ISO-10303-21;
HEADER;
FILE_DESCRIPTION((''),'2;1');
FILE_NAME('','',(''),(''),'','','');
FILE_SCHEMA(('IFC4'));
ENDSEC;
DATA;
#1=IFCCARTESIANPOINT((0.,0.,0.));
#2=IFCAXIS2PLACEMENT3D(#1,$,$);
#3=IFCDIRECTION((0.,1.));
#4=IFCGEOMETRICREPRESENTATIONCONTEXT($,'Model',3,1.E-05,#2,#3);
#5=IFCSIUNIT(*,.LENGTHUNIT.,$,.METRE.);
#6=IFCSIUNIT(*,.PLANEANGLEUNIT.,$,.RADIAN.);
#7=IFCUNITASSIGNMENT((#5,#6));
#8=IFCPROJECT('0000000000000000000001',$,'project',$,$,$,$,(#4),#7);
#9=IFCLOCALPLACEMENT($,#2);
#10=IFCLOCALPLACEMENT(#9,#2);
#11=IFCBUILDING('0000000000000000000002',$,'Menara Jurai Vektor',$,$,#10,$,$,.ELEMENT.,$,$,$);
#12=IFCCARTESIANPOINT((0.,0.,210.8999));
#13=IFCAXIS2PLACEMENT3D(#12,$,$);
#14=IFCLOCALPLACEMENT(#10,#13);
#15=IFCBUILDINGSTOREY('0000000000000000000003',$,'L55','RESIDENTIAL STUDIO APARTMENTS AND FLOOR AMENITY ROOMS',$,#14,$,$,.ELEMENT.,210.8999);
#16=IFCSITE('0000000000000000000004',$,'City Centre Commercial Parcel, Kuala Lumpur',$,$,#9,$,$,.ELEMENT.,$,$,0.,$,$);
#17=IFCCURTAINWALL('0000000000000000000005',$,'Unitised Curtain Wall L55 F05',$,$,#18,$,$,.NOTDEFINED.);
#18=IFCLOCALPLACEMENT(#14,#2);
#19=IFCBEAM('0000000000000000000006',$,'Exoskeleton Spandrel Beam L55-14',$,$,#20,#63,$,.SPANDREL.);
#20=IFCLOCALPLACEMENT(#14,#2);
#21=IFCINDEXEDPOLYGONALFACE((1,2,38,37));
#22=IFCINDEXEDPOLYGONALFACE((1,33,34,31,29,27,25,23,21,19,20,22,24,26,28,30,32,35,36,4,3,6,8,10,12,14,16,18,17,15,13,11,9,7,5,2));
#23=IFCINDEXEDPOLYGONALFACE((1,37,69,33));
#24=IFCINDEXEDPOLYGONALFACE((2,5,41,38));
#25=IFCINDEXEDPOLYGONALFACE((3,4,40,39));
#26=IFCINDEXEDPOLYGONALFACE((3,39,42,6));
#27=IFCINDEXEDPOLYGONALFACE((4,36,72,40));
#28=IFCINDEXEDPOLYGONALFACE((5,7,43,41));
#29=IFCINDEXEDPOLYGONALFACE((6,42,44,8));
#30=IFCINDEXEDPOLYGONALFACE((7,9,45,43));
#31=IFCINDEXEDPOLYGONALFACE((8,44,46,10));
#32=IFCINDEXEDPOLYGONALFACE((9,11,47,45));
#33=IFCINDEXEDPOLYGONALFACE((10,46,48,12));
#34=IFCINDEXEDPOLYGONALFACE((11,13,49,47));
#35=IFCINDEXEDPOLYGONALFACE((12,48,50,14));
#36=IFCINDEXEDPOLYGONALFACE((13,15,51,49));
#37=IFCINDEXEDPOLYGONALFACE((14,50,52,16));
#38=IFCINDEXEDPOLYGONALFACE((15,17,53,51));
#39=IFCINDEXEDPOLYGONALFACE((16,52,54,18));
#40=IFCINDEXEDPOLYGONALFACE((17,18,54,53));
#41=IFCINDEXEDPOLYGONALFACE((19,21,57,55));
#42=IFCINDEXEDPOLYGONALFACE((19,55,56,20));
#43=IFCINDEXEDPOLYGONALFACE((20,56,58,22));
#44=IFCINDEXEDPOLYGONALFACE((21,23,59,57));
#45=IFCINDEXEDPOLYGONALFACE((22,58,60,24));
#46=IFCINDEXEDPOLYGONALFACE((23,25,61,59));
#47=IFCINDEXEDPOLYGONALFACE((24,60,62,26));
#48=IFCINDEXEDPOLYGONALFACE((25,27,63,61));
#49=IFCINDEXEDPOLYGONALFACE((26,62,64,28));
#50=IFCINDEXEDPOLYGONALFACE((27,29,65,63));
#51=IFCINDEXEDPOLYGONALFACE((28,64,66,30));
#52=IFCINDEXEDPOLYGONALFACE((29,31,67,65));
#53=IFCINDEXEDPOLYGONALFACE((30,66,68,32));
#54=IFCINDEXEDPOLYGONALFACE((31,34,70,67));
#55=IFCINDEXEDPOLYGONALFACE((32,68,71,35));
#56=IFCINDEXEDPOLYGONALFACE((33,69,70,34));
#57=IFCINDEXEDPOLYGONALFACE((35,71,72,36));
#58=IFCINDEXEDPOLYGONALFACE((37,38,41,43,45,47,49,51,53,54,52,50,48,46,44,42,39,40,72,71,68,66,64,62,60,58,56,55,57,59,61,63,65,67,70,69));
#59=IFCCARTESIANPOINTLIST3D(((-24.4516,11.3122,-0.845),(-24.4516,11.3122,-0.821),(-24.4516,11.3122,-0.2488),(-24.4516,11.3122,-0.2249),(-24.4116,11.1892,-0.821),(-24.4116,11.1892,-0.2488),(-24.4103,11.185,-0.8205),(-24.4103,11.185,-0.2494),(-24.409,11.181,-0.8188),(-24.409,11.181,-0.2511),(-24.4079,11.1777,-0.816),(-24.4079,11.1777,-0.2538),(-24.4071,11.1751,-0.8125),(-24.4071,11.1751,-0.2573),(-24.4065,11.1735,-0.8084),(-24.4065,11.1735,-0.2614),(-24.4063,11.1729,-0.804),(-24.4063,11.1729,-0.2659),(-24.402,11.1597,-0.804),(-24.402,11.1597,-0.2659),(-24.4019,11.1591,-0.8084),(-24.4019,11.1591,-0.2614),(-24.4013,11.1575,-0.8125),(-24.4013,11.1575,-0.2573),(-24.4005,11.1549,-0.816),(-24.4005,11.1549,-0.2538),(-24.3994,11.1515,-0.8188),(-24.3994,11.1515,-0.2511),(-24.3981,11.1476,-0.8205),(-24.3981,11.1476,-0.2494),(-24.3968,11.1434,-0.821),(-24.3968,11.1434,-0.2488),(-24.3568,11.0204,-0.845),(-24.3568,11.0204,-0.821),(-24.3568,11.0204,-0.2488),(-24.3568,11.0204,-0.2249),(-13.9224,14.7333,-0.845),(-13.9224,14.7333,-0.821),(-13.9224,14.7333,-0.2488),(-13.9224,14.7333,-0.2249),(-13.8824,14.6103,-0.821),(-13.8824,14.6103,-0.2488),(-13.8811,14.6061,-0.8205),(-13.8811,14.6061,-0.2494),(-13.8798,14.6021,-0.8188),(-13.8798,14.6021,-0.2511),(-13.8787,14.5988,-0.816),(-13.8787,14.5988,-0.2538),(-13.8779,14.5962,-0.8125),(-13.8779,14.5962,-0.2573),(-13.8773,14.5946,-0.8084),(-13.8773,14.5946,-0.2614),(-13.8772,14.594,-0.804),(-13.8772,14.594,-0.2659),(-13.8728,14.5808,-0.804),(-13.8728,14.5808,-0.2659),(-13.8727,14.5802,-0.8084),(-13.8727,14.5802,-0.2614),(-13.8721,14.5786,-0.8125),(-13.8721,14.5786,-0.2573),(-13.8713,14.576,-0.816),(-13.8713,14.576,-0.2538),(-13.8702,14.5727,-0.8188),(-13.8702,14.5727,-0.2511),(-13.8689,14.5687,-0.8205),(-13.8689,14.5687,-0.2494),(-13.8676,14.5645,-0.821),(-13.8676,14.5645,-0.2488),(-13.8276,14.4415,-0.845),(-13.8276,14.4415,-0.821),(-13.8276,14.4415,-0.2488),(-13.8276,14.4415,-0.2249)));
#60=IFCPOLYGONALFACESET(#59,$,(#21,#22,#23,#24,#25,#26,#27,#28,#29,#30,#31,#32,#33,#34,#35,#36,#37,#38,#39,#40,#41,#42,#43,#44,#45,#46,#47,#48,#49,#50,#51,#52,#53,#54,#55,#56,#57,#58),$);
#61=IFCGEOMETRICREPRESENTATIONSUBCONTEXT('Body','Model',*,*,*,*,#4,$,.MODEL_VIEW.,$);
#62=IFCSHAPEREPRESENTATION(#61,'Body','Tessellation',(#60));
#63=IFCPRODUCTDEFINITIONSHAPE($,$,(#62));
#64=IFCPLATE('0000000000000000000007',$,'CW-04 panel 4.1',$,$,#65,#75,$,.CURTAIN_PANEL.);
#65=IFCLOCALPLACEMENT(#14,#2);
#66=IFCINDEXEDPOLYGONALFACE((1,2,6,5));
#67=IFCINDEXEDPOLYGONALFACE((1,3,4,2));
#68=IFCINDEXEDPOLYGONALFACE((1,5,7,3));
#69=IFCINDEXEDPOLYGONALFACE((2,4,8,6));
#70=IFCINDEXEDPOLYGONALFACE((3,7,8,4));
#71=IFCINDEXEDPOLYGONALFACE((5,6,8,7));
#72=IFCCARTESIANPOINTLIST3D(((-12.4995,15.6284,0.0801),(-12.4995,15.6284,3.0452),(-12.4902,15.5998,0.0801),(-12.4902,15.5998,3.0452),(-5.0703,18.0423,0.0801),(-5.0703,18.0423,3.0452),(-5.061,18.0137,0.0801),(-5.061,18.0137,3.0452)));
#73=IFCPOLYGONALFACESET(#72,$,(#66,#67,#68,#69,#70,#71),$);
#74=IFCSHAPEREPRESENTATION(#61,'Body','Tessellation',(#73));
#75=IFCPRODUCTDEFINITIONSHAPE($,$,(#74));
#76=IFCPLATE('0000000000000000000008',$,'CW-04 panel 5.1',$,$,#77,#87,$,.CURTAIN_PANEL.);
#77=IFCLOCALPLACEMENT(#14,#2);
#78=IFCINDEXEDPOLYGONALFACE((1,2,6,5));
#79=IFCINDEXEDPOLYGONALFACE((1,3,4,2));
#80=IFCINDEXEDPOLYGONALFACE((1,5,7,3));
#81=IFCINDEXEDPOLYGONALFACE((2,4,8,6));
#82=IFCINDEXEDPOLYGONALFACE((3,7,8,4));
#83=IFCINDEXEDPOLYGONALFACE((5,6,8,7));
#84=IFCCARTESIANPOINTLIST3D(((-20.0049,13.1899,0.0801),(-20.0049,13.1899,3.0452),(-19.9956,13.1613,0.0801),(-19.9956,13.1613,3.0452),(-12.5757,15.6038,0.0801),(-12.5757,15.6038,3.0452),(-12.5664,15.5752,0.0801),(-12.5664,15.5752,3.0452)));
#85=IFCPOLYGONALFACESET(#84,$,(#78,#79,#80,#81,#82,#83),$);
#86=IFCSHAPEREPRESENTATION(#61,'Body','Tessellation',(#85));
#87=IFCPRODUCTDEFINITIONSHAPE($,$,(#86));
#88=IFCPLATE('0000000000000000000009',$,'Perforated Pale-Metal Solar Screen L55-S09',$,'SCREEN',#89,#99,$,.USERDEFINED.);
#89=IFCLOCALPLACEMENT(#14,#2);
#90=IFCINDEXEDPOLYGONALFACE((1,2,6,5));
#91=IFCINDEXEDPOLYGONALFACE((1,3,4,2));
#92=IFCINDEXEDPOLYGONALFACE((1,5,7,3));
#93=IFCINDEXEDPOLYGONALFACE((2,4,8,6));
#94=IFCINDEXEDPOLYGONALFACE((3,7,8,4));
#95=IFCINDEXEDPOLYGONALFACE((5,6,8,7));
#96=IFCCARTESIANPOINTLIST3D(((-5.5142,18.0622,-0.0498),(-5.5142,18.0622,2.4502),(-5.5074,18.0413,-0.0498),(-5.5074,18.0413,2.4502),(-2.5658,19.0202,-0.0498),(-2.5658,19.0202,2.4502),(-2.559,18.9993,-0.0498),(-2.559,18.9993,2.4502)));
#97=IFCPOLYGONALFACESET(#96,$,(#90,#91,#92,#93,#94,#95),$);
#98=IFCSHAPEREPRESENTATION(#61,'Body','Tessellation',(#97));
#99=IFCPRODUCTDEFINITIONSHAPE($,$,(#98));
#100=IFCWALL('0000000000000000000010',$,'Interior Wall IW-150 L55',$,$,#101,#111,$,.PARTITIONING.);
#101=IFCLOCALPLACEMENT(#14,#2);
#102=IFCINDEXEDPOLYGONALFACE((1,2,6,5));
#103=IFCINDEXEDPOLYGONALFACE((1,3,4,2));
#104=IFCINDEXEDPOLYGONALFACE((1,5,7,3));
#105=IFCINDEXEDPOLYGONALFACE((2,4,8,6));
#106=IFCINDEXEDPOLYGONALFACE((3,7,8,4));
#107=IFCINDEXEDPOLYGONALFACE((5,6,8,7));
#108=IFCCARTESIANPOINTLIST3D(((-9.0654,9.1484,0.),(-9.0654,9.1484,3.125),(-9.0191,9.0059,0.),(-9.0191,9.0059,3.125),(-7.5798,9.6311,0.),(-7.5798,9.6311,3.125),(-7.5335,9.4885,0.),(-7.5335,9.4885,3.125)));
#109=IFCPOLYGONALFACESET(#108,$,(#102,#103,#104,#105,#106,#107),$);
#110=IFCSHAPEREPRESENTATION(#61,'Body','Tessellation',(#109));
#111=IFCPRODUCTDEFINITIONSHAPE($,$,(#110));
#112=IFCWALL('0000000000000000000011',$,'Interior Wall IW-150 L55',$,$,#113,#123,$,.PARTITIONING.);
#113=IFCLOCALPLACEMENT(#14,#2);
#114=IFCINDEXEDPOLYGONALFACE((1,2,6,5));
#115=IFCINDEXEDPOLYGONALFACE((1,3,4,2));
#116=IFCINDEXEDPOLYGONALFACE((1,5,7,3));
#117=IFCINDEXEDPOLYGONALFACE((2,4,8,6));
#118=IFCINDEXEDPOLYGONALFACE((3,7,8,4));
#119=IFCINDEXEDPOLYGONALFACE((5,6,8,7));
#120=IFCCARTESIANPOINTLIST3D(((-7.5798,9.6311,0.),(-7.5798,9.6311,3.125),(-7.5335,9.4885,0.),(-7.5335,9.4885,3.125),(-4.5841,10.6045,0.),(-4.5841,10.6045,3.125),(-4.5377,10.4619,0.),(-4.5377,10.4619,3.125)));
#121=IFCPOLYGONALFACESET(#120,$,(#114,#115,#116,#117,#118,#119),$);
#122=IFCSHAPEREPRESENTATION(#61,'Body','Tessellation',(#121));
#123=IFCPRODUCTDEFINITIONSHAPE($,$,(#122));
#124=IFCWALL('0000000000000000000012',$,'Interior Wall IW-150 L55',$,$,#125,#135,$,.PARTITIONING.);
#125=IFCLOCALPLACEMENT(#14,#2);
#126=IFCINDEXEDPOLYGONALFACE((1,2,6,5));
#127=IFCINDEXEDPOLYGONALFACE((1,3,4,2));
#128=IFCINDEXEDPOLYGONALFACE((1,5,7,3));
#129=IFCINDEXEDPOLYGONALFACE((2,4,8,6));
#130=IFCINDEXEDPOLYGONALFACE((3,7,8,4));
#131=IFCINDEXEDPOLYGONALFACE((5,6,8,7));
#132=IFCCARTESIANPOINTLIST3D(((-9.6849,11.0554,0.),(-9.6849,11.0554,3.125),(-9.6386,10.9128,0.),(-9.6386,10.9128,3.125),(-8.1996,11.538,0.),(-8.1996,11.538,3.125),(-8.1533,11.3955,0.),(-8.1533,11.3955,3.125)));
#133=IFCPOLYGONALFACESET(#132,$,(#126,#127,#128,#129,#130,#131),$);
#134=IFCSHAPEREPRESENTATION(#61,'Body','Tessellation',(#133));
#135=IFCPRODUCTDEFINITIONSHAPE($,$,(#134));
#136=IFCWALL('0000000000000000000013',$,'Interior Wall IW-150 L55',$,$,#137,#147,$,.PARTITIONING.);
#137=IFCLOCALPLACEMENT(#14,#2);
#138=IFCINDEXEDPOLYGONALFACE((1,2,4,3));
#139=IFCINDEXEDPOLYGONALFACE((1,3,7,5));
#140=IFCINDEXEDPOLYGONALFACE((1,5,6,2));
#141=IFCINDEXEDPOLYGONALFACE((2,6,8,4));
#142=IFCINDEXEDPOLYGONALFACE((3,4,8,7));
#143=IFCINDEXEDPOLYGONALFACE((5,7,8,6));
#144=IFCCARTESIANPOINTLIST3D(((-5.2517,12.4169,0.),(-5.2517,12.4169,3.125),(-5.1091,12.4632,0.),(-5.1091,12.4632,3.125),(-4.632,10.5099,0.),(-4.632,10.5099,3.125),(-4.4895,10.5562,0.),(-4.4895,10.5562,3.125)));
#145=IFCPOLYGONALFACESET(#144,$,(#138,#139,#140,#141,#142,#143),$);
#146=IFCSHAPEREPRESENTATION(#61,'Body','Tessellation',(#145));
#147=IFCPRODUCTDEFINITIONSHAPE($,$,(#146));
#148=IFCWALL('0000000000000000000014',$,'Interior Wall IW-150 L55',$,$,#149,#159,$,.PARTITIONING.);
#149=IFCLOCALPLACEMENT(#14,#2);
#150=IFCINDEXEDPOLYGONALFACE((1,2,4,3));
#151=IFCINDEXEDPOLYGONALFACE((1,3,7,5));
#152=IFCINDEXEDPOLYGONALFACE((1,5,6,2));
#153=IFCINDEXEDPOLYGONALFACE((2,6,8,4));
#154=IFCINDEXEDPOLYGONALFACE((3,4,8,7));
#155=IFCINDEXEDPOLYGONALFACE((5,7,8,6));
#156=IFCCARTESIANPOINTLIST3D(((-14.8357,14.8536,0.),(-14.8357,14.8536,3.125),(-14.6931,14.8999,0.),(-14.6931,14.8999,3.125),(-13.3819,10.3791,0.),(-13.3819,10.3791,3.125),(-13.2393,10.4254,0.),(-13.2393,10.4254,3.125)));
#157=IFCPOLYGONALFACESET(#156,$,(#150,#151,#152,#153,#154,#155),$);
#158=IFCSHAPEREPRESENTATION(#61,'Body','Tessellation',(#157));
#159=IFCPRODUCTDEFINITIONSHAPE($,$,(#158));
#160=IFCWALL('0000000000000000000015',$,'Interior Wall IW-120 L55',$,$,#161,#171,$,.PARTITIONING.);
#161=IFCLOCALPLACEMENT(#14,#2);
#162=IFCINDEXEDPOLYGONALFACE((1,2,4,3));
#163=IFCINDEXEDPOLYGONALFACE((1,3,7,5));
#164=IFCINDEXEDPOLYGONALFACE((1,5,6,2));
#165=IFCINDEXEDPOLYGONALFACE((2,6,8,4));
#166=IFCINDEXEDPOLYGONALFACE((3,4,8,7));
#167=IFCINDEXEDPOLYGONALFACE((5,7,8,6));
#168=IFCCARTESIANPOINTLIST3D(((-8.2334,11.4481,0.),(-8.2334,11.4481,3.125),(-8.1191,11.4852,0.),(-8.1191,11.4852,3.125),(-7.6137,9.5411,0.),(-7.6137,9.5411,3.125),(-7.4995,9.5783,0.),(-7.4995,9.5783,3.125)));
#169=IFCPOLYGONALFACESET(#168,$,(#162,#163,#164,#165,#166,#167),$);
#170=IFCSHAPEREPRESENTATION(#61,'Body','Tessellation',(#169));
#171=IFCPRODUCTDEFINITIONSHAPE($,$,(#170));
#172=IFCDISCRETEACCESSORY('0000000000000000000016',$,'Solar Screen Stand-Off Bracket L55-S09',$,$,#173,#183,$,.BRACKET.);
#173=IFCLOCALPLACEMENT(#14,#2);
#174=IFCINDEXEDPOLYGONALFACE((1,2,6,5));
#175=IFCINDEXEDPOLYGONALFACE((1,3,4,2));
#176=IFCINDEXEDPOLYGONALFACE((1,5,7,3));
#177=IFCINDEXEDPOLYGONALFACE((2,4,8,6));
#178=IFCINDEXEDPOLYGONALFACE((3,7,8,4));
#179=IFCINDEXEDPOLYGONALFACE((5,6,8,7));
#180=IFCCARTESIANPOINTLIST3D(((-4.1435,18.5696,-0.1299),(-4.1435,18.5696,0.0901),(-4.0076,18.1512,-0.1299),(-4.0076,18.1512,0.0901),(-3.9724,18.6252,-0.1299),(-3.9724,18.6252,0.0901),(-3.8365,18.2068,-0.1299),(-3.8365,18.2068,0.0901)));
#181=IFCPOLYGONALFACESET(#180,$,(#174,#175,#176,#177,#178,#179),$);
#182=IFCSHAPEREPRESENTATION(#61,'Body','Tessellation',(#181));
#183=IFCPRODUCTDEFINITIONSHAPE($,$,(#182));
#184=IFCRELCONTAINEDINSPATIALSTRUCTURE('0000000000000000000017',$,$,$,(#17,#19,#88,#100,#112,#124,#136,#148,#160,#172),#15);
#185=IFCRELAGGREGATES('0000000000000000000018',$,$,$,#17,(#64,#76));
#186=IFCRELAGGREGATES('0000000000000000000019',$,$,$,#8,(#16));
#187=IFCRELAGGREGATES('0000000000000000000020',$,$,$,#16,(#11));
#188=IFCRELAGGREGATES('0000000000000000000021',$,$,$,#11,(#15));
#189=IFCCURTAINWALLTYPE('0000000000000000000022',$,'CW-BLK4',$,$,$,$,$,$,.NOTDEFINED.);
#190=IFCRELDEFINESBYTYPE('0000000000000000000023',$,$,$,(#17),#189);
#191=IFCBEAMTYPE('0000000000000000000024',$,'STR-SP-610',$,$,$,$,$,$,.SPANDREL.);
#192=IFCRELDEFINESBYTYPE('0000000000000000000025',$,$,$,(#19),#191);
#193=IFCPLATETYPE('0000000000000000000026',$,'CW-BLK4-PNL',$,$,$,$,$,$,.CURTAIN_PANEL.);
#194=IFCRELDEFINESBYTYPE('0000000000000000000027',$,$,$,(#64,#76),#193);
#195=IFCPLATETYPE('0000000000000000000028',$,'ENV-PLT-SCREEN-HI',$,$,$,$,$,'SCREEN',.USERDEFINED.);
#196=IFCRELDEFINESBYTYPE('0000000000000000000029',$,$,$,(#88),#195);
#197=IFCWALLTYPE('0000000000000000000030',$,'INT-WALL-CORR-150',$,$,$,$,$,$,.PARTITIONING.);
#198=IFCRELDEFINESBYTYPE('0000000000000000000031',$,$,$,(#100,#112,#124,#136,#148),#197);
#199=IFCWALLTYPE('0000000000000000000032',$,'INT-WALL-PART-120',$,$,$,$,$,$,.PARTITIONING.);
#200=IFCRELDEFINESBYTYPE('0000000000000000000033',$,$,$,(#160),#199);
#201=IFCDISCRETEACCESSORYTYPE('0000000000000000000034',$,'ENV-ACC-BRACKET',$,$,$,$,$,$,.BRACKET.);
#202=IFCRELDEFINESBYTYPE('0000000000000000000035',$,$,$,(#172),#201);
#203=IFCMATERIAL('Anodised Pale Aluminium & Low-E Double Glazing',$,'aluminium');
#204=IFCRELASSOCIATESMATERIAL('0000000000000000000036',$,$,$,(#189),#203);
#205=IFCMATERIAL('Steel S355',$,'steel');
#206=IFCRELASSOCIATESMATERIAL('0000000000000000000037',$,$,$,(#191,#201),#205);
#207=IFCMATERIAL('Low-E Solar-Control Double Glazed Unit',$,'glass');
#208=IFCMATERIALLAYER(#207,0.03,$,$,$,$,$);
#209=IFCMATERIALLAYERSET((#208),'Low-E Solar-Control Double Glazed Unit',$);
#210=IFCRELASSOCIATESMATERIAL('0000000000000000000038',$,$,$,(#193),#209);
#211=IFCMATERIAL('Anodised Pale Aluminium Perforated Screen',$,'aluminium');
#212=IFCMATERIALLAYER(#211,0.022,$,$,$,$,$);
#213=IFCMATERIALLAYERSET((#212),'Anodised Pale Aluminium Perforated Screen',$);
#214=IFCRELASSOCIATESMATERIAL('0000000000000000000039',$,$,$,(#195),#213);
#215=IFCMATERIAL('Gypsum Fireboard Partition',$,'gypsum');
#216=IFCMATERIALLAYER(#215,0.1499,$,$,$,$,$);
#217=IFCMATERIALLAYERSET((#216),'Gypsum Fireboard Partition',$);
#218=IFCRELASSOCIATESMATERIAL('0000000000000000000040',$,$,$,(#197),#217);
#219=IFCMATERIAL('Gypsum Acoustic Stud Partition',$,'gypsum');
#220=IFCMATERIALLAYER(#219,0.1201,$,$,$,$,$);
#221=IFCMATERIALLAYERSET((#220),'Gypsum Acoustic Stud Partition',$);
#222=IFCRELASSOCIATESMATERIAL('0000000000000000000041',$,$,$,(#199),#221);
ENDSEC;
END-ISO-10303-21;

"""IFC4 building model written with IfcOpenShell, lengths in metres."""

from ifc_helpers import new_model, si_unit, direction, frame, frame_2d, origin, origin_2d, place, context, subcontext, project, spatial, rectangle, i_section, extrude, material, layer, layer_set, material_profile, profile_set, type_object, element, aggregate, save


model = new_model("IFC4")

# Units and contexts
model_context = context("Model", 3, precision=1e-05, world=origin(), true_north=direction((0.0, 1.0)))
body_context = subcontext(model_context, "Body", "Model", "MODEL_VIEW")
ifc_project = project(units=[si_unit("LENGTHUNIT", "METRE"), si_unit("PLANEANGLEUNIT", "RADIAN")], contexts=[model_context])

# Site, building, storey
site_placement = place(None, origin())
site = spatial("IfcSite", under=ifc_project, at=site_placement, Name="City Centre Commercial Parcel, Kuala Lumpur", CompositionType="ELEMENT", RefElevation=0.0)
building_placement = place(site_placement, origin())
building = spatial("IfcBuilding", under=site, at=building_placement, Name="Menara Jurai Vektor", CompositionType="ELEMENT")
storey_placement = place(building_placement, frame((0.0, 0.0, 210.8999)))
storey = spatial("IfcBuildingStorey", under=building, at=storey_placement, Name="L55", Description="RESIDENTIAL STUDIO APARTMENTS AND FLOOR AMENITY ROOMS", CompositionType="ELEMENT", Elevation=210.8999)

# Curtain wall
ifc_material_1 = material(Name="Anodised Pale Aluminium & Low-E Double Glazing", Category="aluminium")
curtain_wall_type = type_object("IfcCurtainWallType", Name="CW-BLK4", PredefinedType="NOTDEFINED", material=ifc_material_1)
curtain_wall_placement = place(storey_placement, origin())
curtain_wall = element("IfcCurtainWall", 1, at=curtain_wall_placement, inside=storey, type_object=curtain_wall_type, Name="Unitised Curtain Wall L55 F05", PredefinedType="NOTDEFINED")

# Beam
ifc_material_2 = material(Name="Steel S355", Category="steel")
ifc_material_profile_1 = material_profile(ifc_material_2, i_section(OverallWidth=0.3069, OverallDepth=0.6201, WebThickness=0.0139, FlangeThickness=0.0239, FilletRadius=0.0171, at=origin_2d()), Name="UKB 610x305x179")
ifc_profile_set_1 = profile_set([ifc_material_profile_1], Name="Steel S355")
beam_type_1 = type_object("IfcBeamType", Name="STR-SP-610", PredefinedType="SPANDREL", material=ifc_profile_set_1)
for number, where, z_axis, x_axis, name in (
    (2, (-13.875, 14.5874, -0.5349), (-0.951057, -0.309014, 0.0), (0.309014, -0.951057, 0.0), "Exoskeleton Spandrel Beam L55-14"),
):
    element("IfcBeam", number, at=place(storey_placement, frame(where, z_axis=z_axis, x_axis=x_axis)), inside=storey, type_object=beam_type_1, Name=name, PredefinedType="SPANDREL", context=body_context, shape_type="SweptSolid", body=[
        extrude(i_section(OverallWidth=0.3069, OverallDepth=0.6201, WebThickness=0.0139, FlangeThickness=0.0239, FilletRadius=0.0171, at=origin_2d()), origin(), (0.0, 0.0, 1.0), 11.071),
    ])

# Plates
ifc_material_3 = material(Name="Low-E Solar-Control Double Glazed Unit", Category="glass")
ifc_layer_1 = layer(ifc_material_3, 0.03)
ifc_layer_set_1 = layer_set([ifc_layer_1], Name="Low-E Solar-Control Double Glazed Unit")
plate_type_1 = type_object("IfcPlateType", Name="CW-BLK4-PNL", PredefinedType="CURTAIN_PANEL", material=ifc_layer_set_1)
plate_1_placement = place(storey_placement, frame((-8.7803, 16.821, 0.0801), z_axis=(0.0, 0.0, 1.0), x_axis=(-0.951056, -0.309017, 0.0)))
plate_1 = element("IfcPlate", 3, at=plate_1_placement, type_object=plate_type_1, Name="CW-04 panel 4.1", PredefinedType="CURTAIN_PANEL", context=body_context, shape_type="SweptSolid", body=[
    extrude(rectangle(XDim=7.8115, YDim=0.03, at=origin_2d()), origin(), (0.0, 0.0, 1.0), 2.9651),
])
plate_2_placement = place(storey_placement, frame((-16.2856, 14.3826, 0.0801), z_axis=(0.0, 0.0, 1.0), x_axis=(-0.951056, -0.309017, 0.0)))
plate_2 = element("IfcPlate", 4, at=plate_2_placement, type_object=plate_type_1, Name="CW-04 panel 5.1", PredefinedType="CURTAIN_PANEL", context=body_context, shape_type="SweptSolid", body=[
    extrude(rectangle(XDim=7.8115, YDim=0.03, at=origin_2d()), origin(), (0.0, 0.0, 1.0), 2.9651),
])
aggregate(curtain_wall, [plate_1, plate_2])
ifc_material_4 = material(Name="Anodised Pale Aluminium Perforated Screen", Category="aluminium")
ifc_layer_2 = layer(ifc_material_4, 0.022)
ifc_layer_set_2 = layer_set([ifc_layer_2], Name="Anodised Pale Aluminium Perforated Screen")
plate_type_2 = type_object("IfcPlateType", Name="ENV-PLT-SCREEN-HI", ElementType="SCREEN", PredefinedType="USERDEFINED", material=ifc_layer_set_2)
plate_3_placement = place(storey_placement, frame((-4.0366, 18.5308, -0.0498), z_axis=(0.0, 0.0, 1.0), x_axis=(-0.951057, -0.309017, 0.0)))
element("IfcPlate", 5, at=plate_3_placement, inside=storey, type_object=plate_type_2, Name="Perforated Pale-Metal Solar Screen L55-S09", ObjectType="SCREEN", PredefinedType="USERDEFINED", context=body_context, shape_type="SweptSolid", body=[
    extrude(rectangle(XDim=3.1001, YDim=0.022, at=origin_2d()), origin(), (0.0, 0.0, 1.0), 2.5),
])

# Shared definitions
ifc_material_5 = material(Name="Gypsum Fireboard Partition", Category="gypsum")
ifc_layer_3 = layer(ifc_material_5, 0.1499)
ifc_layer_set_3 = layer_set([ifc_layer_3], Name="Gypsum Fireboard Partition")
wall_type_1 = type_object("IfcWallType", Name="INT-WALL-CORR-150", PredefinedType="PARTITIONING", material=ifc_layer_set_3)

# Walls
wall_1_placement = place(storey_placement, frame((-9.0422, 9.0771, 0.0), z_axis=(0.0, 0.0, 1.0), x_axis=(0.951063, 0.308998, 0.0)))
element("IfcWall", 6, at=wall_1_placement, inside=storey, type_object=wall_type_1, Name="Interior Wall IW-150 L55", PredefinedType="PARTITIONING", context=body_context, shape_type="SweptSolid", body=[
    extrude(rectangle(XDim=1.562, YDim=0.1499, at=frame_2d((0.781, 0.0))), origin(), (0.0, 0.0, 1.0), 3.125),
])
wall_2_placement = place(storey_placement, frame((-7.5566, 9.5598, 0.0), z_axis=(0.0, 0.0, 1.0), x_axis=(0.951059, 0.309011, 0.0)))
element("IfcWall", 7, at=wall_2_placement, inside=storey, type_object=wall_type_1, Name="Interior Wall IW-150 L55", PredefinedType="PARTITIONING", context=body_context, shape_type="SweptSolid", body=[
    extrude(rectangle(XDim=3.1499, YDim=0.1499, at=frame_2d((1.575, 0.0))), origin(), (0.0, 0.0, 1.0), 3.125),
])

# Wall
wall_3_placement = place(storey_placement, frame((-9.6616, 10.9841, 0.0), z_axis=(0.0, 0.0, 1.0), x_axis=(0.951048, 0.309044, 0.0)))
element("IfcWall", 8, at=wall_3_placement, inside=storey, type_object=wall_type_1, Name="Interior Wall IW-150 L55", PredefinedType="PARTITIONING", context=body_context, shape_type="SweptSolid", body=[
    extrude(rectangle(XDim=1.5618, YDim=0.1499, at=frame_2d((0.7808, 0.0))), origin(), (0.0, 0.0, 1.0), 3.125),
])

# Walls
wall_4_placement = place(storey_placement, frame((-4.5608, 10.5332, 0.0), z_axis=(0.0, 0.0, 1.0), x_axis=(-0.309023, 0.951055, 0.0)))
element("IfcWall", 9, at=wall_4_placement, inside=storey, type_object=wall_type_1, Name="Interior Wall IW-150 L55", PredefinedType="PARTITIONING", context=body_context, shape_type="SweptSolid", body=[
    extrude(rectangle(XDim=2.0051, YDim=0.1499, at=frame_2d((1.0024, 0.0))), origin(), (0.0, 0.0, 1.0), 3.125),
])
wall_5_placement = place(storey_placement, frame((-13.3105, 10.4021, 0.0), z_axis=(0.0, 0.0, 1.0), x_axis=(-0.309011, 0.951058, 0.0)))
element("IfcWall", 10, at=wall_5_placement, inside=storey, type_object=wall_type_1, Name="Interior Wall IW-150 L55", PredefinedType="PARTITIONING", context=body_context, shape_type="SweptSolid", body=[
    extrude(rectangle(XDim=4.7048, YDim=0.1499, at=frame_2d((2.3525, 0.0))), origin(), (0.0, 0.0, 1.0), 3.125),
])
ifc_material_6 = material(Name="Gypsum Acoustic Stud Partition", Category="gypsum")
ifc_layer_4 = layer(ifc_material_6, 0.1201)
ifc_layer_set_4 = layer_set([ifc_layer_4], Name="Gypsum Acoustic Stud Partition")
wall_type_2 = type_object("IfcWallType", Name="INT-WALL-PART-120", PredefinedType="PARTITIONING", material=ifc_layer_set_4)
wall_6_placement = place(storey_placement, frame((-7.5566, 9.5598, 0.0), z_axis=(0.0, 0.0, 1.0), x_axis=(-0.309023, 0.951055, 0.0)))
element("IfcWall", 11, at=wall_6_placement, inside=storey, type_object=wall_type_2, Name="Interior Wall IW-120 L55", PredefinedType="PARTITIONING", context=body_context, shape_type="SweptSolid", body=[
    extrude(rectangle(XDim=2.0051, YDim=0.1201, at=frame_2d((1.0024, 0.0))), origin(), (0.0, 0.0, 1.0), 3.125),
])

# Discrete accessory
discrete_accessory_type = type_object("IfcDiscreteAccessoryType", Name="ENV-ACC-BRACKET", PredefinedType="BRACKET", material=ifc_material_2)
discrete_accessory_placement = place(storey_placement, frame((-3.99, 18.3882, -0.1299), z_axis=(0.0, 0.0, 1.0), x_axis=(-0.951057, -0.309017, 0.0)))
element("IfcDiscreteAccessory", 12, at=discrete_accessory_placement, inside=storey, type_object=discrete_accessory_type, Name="Solar Screen Stand-Off Bracket L55-S09", PredefinedType="BRACKET", context=body_context, shape_type="SweptSolid", body=[
    extrude(rectangle(XDim=0.1799, YDim=0.4399, at=origin_2d()), origin(), (0.0, 0.0, 1.0), 0.22),
])

save(model, "model.ifc")
